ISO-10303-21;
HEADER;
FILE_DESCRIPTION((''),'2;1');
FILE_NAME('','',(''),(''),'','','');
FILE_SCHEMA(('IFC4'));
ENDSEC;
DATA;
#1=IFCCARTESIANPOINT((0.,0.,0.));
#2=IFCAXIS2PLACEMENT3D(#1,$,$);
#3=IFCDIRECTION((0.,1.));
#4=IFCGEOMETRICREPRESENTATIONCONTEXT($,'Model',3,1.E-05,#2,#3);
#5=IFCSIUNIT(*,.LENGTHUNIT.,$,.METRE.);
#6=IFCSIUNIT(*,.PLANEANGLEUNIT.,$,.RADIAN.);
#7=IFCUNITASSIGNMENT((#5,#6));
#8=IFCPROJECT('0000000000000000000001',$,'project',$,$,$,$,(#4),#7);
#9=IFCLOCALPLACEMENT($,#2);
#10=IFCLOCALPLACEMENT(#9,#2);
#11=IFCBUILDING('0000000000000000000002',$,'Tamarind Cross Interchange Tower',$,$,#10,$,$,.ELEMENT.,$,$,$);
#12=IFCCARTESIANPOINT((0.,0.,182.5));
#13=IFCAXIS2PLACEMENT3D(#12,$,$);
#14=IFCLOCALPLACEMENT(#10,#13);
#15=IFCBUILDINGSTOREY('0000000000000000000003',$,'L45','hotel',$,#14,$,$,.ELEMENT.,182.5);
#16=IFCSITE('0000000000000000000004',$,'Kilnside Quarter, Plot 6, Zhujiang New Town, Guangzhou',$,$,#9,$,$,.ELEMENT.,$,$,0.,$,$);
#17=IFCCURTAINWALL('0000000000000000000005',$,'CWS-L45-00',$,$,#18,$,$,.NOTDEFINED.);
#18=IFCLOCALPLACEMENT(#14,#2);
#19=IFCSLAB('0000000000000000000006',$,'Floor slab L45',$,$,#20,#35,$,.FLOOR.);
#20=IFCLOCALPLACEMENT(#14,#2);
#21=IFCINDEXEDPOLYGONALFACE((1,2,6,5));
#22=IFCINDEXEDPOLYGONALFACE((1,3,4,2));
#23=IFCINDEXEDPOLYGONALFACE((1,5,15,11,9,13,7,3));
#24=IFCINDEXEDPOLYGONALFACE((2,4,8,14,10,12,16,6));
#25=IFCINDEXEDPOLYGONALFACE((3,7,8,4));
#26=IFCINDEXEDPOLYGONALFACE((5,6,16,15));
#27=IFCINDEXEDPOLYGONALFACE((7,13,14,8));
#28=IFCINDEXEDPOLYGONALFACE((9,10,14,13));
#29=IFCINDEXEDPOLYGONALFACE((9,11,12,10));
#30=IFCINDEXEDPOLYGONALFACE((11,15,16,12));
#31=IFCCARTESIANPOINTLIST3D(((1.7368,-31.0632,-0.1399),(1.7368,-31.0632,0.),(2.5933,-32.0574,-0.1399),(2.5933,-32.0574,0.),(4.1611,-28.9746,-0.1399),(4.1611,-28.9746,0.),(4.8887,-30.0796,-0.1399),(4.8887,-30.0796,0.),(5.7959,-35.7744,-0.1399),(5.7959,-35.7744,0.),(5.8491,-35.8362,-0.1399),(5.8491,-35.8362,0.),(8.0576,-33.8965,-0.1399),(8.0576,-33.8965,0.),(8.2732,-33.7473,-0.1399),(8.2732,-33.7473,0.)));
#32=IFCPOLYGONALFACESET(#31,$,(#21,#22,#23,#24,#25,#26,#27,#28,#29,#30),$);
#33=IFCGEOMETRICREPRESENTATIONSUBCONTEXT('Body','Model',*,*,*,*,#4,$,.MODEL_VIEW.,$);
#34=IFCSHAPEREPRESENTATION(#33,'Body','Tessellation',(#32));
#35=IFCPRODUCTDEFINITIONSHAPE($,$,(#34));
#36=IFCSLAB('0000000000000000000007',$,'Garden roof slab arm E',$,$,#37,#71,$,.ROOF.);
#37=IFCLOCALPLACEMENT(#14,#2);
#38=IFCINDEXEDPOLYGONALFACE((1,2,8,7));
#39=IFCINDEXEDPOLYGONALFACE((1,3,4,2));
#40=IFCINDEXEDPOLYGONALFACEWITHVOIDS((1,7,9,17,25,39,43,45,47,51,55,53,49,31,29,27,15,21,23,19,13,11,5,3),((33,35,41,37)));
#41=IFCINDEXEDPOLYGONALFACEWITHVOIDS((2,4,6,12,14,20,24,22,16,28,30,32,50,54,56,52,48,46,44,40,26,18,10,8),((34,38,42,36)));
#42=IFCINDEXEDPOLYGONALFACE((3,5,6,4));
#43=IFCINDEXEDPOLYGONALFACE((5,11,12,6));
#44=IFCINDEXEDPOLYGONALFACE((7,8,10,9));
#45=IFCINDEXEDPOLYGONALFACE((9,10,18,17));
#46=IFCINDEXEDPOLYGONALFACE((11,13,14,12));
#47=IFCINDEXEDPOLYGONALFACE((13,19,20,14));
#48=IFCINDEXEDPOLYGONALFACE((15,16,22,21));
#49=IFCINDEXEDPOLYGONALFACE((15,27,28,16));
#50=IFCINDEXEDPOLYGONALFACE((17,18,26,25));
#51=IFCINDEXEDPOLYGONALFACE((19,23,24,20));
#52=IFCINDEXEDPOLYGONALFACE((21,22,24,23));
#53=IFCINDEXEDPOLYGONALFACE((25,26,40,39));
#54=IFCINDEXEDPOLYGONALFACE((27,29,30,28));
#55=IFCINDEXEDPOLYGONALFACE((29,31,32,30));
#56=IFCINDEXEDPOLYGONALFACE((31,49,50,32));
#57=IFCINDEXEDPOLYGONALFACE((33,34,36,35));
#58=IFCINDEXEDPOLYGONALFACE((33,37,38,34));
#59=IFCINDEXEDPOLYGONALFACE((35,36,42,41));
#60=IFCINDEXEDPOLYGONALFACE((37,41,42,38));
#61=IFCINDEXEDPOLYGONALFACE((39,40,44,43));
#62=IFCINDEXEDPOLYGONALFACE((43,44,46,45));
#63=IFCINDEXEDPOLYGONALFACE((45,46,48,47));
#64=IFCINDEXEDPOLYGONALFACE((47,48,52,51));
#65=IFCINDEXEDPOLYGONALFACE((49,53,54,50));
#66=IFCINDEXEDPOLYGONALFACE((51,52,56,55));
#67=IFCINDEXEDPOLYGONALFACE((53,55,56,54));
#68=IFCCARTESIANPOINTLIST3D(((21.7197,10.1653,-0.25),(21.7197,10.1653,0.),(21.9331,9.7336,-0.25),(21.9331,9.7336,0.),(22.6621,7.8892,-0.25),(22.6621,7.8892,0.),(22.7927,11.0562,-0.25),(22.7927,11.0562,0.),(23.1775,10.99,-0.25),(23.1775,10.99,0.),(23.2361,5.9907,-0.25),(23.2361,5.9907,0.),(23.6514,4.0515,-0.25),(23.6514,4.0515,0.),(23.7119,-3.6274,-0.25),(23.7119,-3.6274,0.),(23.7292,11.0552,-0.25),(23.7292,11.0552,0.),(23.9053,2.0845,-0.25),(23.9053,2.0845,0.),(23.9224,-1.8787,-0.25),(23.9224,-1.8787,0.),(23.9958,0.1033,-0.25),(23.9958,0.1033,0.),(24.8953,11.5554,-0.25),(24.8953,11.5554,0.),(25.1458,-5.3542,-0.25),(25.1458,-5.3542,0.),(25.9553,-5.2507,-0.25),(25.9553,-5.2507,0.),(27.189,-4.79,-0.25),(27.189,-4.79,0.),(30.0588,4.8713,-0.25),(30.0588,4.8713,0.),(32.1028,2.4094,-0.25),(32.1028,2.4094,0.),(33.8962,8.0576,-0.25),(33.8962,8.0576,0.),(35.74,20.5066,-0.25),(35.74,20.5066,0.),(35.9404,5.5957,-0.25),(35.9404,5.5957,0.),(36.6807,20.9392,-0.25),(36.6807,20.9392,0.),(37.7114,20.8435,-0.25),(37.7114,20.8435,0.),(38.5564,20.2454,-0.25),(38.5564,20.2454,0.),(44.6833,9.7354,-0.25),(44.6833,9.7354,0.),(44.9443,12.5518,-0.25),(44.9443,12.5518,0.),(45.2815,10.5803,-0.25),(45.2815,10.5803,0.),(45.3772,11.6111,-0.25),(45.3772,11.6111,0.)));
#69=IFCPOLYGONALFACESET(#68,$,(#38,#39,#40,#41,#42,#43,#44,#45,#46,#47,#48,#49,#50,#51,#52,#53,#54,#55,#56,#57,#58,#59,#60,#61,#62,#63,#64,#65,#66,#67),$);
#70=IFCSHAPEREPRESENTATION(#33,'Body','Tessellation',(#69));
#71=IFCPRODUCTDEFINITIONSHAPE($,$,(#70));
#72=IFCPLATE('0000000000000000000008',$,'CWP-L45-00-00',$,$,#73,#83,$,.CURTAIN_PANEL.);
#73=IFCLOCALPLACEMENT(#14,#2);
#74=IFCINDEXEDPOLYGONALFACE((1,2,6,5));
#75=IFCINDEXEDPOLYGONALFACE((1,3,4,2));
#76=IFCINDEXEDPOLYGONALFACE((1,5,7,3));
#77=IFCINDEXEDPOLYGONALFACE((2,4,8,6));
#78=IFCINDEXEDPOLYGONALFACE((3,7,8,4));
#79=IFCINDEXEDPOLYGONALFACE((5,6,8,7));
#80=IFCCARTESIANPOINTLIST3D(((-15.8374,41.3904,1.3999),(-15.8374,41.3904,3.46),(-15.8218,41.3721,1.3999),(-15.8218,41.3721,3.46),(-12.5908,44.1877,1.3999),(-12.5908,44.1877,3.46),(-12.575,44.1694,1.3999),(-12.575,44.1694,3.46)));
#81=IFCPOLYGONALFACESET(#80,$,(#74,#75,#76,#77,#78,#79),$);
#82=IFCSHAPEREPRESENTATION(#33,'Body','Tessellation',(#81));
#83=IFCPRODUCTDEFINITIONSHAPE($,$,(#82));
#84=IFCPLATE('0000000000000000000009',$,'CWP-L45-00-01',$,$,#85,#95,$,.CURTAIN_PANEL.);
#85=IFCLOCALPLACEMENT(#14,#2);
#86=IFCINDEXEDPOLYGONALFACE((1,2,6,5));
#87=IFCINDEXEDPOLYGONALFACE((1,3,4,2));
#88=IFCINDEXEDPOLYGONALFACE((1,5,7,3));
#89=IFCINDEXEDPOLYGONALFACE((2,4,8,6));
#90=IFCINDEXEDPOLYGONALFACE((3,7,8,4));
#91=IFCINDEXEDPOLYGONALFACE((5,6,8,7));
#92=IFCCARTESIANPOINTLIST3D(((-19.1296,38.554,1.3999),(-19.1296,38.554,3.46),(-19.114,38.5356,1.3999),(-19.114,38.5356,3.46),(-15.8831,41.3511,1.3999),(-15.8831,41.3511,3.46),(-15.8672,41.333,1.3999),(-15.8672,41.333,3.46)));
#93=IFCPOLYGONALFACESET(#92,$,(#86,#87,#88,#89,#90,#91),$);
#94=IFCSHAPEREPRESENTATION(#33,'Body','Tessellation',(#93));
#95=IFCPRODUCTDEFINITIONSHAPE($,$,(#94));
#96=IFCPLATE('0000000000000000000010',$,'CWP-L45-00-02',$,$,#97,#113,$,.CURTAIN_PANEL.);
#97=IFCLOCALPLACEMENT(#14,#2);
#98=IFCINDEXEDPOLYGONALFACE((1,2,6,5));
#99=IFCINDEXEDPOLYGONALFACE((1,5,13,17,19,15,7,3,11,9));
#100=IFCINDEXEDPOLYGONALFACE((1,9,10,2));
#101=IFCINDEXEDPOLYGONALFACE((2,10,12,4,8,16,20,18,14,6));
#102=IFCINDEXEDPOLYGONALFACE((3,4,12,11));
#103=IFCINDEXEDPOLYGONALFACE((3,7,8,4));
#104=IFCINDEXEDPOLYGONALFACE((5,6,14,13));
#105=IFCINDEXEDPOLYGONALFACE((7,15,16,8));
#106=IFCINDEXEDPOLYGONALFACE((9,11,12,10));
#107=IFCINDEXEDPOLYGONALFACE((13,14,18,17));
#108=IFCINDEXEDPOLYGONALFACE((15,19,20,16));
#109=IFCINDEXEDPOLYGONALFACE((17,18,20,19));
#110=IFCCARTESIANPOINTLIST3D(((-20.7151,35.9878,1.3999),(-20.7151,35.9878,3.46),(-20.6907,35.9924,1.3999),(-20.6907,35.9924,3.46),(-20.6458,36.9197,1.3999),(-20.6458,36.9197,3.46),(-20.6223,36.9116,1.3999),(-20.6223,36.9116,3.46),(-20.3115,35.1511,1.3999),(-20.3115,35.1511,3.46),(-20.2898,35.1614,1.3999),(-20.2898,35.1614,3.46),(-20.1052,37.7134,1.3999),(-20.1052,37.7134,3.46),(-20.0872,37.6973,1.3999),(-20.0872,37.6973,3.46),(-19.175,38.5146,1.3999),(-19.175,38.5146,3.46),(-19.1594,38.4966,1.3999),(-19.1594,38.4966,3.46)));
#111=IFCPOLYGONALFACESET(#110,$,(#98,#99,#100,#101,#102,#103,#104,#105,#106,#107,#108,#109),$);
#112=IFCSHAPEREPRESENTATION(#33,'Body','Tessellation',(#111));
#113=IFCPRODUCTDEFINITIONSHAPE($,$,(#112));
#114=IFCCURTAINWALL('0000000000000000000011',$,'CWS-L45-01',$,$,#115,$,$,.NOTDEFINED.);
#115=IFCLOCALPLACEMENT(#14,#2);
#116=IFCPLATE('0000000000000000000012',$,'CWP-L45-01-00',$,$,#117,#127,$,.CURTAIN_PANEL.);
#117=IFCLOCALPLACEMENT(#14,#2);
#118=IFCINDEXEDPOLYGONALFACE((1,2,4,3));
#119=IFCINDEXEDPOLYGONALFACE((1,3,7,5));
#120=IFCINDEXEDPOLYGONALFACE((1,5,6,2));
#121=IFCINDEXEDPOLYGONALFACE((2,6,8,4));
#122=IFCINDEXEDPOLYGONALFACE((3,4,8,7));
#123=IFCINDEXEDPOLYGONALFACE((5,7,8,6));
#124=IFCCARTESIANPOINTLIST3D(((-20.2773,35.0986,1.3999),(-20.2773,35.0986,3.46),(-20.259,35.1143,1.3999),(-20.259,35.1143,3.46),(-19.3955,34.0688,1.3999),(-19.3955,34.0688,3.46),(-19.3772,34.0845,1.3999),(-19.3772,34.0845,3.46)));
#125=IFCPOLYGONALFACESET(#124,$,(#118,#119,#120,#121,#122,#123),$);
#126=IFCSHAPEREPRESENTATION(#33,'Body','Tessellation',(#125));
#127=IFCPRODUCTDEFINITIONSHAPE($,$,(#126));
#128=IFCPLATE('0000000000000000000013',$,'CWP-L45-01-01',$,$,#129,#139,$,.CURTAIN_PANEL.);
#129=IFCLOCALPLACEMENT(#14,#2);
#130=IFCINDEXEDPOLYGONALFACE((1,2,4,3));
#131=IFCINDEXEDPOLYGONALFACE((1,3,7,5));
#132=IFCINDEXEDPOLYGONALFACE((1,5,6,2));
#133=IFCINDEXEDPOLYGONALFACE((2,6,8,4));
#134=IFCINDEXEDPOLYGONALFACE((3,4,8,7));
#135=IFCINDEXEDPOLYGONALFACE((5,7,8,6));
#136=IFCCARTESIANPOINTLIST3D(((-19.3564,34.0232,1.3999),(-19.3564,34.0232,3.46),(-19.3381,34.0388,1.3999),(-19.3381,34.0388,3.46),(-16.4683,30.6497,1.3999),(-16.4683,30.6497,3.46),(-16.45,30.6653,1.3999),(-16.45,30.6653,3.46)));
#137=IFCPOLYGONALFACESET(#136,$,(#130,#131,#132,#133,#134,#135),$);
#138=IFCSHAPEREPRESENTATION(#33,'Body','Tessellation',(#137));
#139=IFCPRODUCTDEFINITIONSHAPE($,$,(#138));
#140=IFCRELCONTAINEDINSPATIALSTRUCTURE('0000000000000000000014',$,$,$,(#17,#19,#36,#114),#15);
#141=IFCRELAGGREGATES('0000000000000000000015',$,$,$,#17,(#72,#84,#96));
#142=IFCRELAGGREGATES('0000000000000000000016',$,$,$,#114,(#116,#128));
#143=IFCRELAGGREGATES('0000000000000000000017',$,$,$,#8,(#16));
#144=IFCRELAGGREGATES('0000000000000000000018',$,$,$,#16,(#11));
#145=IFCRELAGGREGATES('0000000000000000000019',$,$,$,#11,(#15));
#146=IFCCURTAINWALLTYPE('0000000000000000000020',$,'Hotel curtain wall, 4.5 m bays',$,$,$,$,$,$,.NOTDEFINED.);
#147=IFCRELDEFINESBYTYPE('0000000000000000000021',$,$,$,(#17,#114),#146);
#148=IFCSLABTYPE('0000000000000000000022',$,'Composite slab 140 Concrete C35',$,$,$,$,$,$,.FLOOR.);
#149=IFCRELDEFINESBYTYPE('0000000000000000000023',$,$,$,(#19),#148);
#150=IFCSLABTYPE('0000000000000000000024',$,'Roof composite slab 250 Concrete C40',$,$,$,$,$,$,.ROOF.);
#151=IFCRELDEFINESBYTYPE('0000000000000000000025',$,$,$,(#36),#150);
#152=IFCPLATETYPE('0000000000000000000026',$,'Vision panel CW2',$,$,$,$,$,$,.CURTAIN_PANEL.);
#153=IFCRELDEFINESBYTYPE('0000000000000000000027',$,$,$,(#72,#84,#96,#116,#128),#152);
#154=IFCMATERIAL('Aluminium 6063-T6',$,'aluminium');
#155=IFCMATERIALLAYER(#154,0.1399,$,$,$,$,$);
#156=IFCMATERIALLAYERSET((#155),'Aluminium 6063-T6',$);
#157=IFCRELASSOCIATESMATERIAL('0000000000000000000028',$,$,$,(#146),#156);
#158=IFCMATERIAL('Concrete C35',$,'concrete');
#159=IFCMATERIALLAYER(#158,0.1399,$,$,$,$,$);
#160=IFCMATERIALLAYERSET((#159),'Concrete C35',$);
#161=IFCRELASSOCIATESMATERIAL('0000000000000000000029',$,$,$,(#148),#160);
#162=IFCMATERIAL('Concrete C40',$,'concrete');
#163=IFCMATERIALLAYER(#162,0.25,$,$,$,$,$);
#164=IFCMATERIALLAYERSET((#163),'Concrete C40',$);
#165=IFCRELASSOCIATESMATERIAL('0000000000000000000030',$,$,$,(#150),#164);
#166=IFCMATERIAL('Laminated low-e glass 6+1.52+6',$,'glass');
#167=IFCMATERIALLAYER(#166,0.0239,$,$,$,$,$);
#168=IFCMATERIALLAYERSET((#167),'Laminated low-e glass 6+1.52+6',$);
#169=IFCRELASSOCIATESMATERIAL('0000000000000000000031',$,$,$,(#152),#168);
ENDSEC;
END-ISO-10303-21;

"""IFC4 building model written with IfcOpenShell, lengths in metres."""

from ifc_helpers import new_model, si_unit, direction, frame, origin, place, context, subcontext, project, spatial, polyline, outline, extrude, material, layer, layer_set, type_object, element, aggregate, save


model = new_model("IFC4")

# Units and contexts
model_context = context("Model", 3, precision=1e-05, world=origin(), true_north=direction((0.0, 1.0)))
body_context = subcontext(model_context, "Body", "Model", "MODEL_VIEW")
ifc_project = project(units=[si_unit("LENGTHUNIT", "METRE"), si_unit("PLANEANGLEUNIT", "RADIAN")], contexts=[model_context])

# Site, building, storey
site_placement = place(None, origin())
site = spatial("IfcSite", under=ifc_project, at=site_placement, Name="Kilnside Quarter, Plot 6, Zhujiang New Town, Guangzhou", CompositionType="ELEMENT", RefElevation=0.0)
building_placement = place(site_placement, origin())
building = spatial("IfcBuilding", under=site, at=building_placement, Name="Tamarind Cross Interchange Tower", CompositionType="ELEMENT")
storey_placement = place(building_placement, frame((0.0, 0.0, 182.5)))
storey = spatial("IfcBuildingStorey", under=building, at=storey_placement, Name="L45", Description="hotel", CompositionType="ELEMENT", Elevation=182.5)

# Curtain wall
ifc_material_1 = material(Name="Aluminium 6063-T6", Category="aluminium")
ifc_layer_1 = layer(ifc_material_1, 0.1399)
ifc_layer_set_1 = layer_set([ifc_layer_1], Name="Aluminium 6063-T6")
curtain_wall_type = type_object("IfcCurtainWallType", Name="Hotel curtain wall, 4.5 m bays", PredefinedType="NOTDEFINED", material=ifc_layer_set_1)
curtain_wall_1_placement = place(storey_placement, origin())
curtain_wall_1 = element("IfcCurtainWall", 1, at=curtain_wall_1_placement, inside=storey, type_object=curtain_wall_type, Name="CWS-L45-00", PredefinedType="NOTDEFINED")

# Slabs
ifc_material_2 = material(Name="Concrete C35", Category="concrete")
ifc_layer_2 = layer(ifc_material_2, 0.1399)
ifc_layer_set_2 = layer_set([ifc_layer_2], Name="Concrete C35")
slab_type_1 = type_object("IfcSlabType", Name="Composite slab 140 Concrete C35", PredefinedType="FLOOR", material=ifc_layer_set_2)
slab_1_placement = place(storey_placement, frame((0.0, 0.0, -0.1399)))
element("IfcSlab", 2, at=slab_1_placement, inside=storey, type_object=slab_type_1, Name="Floor slab L45", PredefinedType="FLOOR", context=body_context, shape_type="SweptSolid", body=[
    extrude(outline(polyline([(5.8491, -35.8362), (8.2732, -33.7473), (4.1611, -28.9746), (1.7368, -31.0632), (2.5933, -32.0574), (4.8887, -30.0796), (8.0576, -33.8965), (5.7959, -35.7744), (5.8491, -35.8362)])), origin(), (0.0, 0.0, 1.0), 0.1399),
])
ifc_material_3 = material(Name="Concrete C40", Category="concrete")
ifc_layer_3 = layer(ifc_material_3, 0.25)
ifc_layer_set_3 = layer_set([ifc_layer_3], Name="Concrete C40")
slab_type_2 = type_object("IfcSlabType", Name="Roof composite slab 250 Concrete C40", PredefinedType="ROOF", material=ifc_layer_set_3)
slab_2_placement = place(storey_placement, frame((0.0, 0.0, -0.25)))
element("IfcSlab", 3, at=slab_2_placement, inside=storey, type_object=slab_type_2, Name="Garden roof slab arm E", PredefinedType="ROOF", context=body_context, shape_type="SweptSolid", body=[
    extrude(outline(polyline([(23.9224, -1.8787), (23.7119, -3.6274), (25.1458, -5.3542), (25.9553, -5.2507), (27.189, -4.79), (44.6833, 9.7354), (45.2815, 10.5803), (45.3772, 11.6111), (44.9443, 12.5518), (38.5564, 20.2454), (37.7114, 20.8435), (36.6807, 20.9392), (35.74, 20.5066), (24.8953, 11.5554), (23.7292, 11.0552), (23.1775, 10.99), (22.7927, 11.0562), (21.7197, 10.1653), (21.9331, 9.7336), (22.6621, 7.8892), (23.2361, 5.9907), (23.6514, 4.0515), (23.9053, 2.0845), (23.9958, 0.1033), (23.9224, -1.8787)]), holes=[polyline([(32.1028, 2.4094), (30.0588, 4.8713), (33.8962, 8.0576), (35.9404, 5.5957), (32.1028, 2.4094)])]), origin(), (0.0, 0.0, 1.0), 0.25),
])

# Plates
ifc_material_4 = material(Name="Laminated low-e glass 6+1.52+6", Category="glass")
ifc_layer_4 = layer(ifc_material_4, 0.0239)
ifc_layer_set_4 = layer_set([ifc_layer_4], Name="Laminated low-e glass 6+1.52+6")
plate_type = type_object("IfcPlateType", Name="Vision panel CW2", PredefinedType="CURTAIN_PANEL", material=ifc_layer_set_4)
plate_1_placement = place(storey_placement, frame((0.0, 0.0, 1.3999)))
plate_1 = element("IfcPlate", 4, at=plate_1_placement, type_object=plate_type, Name="CWP-L45-00-00", PredefinedType="CURTAIN_PANEL", context=body_context, shape_type="SweptSolid", body=[
    extrude(outline(polyline([(-12.575, 44.1694), (-15.8218, 41.3721), (-15.8374, 41.3904), (-12.5908, 44.1877), (-12.575, 44.1694)])), origin(), (0.0, 0.0, 1.0), 2.0601),
])
plate_2_placement = place(storey_placement, frame((0.0, 0.0, 1.3999)))
plate_2 = element("IfcPlate", 5, at=plate_2_placement, type_object=plate_type, Name="CWP-L45-00-01", PredefinedType="CURTAIN_PANEL", context=body_context, shape_type="SweptSolid", body=[
    extrude(outline(polyline([(-15.8672, 41.333), (-19.114, 38.5356), (-19.1296, 38.554), (-15.8831, 41.3511), (-15.8672, 41.333)])), origin(), (0.0, 0.0, 1.0), 2.0601),
])
plate_3_placement = place(storey_placement, frame((0.0, 0.0, 1.3999)))
plate_3 = element("IfcPlate", 6, at=plate_3_placement, type_object=plate_type, Name="CWP-L45-00-02", PredefinedType="CURTAIN_PANEL", context=body_context, shape_type="SweptSolid", body=[
    extrude(outline(polyline([(-19.1594, 38.4966), (-20.0872, 37.6973), (-20.6223, 36.9116), (-20.6907, 35.9924), (-20.2898, 35.1614), (-20.3115, 35.1511), (-20.7151, 35.9878), (-20.6458, 36.9197), (-20.1052, 37.7134), (-19.175, 38.5146), (-19.1594, 38.4966)])), origin(), (0.0, 0.0, 1.0), 2.0601),
])
aggregate(curtain_wall_1, [plate_1, plate_2, plate_3])

# Curtain wall, plates
curtain_wall_2_placement = place(storey_placement, origin())
curtain_wall_2 = element("IfcCurtainWall", 7, at=curtain_wall_2_placement, inside=storey, type_object=curtain_wall_type, Name="CWS-L45-01", PredefinedType="NOTDEFINED")
plate_4_placement = place(storey_placement, frame((0.0, 0.0, 1.3999)))
plate_4 = element("IfcPlate", 8, at=plate_4_placement, type_object=plate_type, Name="CWP-L45-01-00", PredefinedType="CURTAIN_PANEL", context=body_context, shape_type="SweptSolid", body=[
    extrude(outline(polyline([(-20.259, 35.1143), (-19.3772, 34.0845), (-19.3955, 34.0688), (-20.2773, 35.0986), (-20.259, 35.1143)])), origin(), (0.0, 0.0, 1.0), 2.0601),
])
plate_5_placement = place(storey_placement, frame((0.0, 0.0, 1.3999)))
plate_5 = element("IfcPlate", 9, at=plate_5_placement, type_object=plate_type, Name="CWP-L45-01-01", PredefinedType="CURTAIN_PANEL", context=body_context, shape_type="SweptSolid", body=[
    extrude(outline(polyline([(-19.3381, 34.0388), (-16.45, 30.6653), (-16.4683, 30.6497), (-19.3564, 34.0232), (-19.3381, 34.0388)])), origin(), (0.0, 0.0, 1.0), 2.0601),
])
aggregate(curtain_wall_2, [plate_4, plate_5])

save(model, "model.ifc")
